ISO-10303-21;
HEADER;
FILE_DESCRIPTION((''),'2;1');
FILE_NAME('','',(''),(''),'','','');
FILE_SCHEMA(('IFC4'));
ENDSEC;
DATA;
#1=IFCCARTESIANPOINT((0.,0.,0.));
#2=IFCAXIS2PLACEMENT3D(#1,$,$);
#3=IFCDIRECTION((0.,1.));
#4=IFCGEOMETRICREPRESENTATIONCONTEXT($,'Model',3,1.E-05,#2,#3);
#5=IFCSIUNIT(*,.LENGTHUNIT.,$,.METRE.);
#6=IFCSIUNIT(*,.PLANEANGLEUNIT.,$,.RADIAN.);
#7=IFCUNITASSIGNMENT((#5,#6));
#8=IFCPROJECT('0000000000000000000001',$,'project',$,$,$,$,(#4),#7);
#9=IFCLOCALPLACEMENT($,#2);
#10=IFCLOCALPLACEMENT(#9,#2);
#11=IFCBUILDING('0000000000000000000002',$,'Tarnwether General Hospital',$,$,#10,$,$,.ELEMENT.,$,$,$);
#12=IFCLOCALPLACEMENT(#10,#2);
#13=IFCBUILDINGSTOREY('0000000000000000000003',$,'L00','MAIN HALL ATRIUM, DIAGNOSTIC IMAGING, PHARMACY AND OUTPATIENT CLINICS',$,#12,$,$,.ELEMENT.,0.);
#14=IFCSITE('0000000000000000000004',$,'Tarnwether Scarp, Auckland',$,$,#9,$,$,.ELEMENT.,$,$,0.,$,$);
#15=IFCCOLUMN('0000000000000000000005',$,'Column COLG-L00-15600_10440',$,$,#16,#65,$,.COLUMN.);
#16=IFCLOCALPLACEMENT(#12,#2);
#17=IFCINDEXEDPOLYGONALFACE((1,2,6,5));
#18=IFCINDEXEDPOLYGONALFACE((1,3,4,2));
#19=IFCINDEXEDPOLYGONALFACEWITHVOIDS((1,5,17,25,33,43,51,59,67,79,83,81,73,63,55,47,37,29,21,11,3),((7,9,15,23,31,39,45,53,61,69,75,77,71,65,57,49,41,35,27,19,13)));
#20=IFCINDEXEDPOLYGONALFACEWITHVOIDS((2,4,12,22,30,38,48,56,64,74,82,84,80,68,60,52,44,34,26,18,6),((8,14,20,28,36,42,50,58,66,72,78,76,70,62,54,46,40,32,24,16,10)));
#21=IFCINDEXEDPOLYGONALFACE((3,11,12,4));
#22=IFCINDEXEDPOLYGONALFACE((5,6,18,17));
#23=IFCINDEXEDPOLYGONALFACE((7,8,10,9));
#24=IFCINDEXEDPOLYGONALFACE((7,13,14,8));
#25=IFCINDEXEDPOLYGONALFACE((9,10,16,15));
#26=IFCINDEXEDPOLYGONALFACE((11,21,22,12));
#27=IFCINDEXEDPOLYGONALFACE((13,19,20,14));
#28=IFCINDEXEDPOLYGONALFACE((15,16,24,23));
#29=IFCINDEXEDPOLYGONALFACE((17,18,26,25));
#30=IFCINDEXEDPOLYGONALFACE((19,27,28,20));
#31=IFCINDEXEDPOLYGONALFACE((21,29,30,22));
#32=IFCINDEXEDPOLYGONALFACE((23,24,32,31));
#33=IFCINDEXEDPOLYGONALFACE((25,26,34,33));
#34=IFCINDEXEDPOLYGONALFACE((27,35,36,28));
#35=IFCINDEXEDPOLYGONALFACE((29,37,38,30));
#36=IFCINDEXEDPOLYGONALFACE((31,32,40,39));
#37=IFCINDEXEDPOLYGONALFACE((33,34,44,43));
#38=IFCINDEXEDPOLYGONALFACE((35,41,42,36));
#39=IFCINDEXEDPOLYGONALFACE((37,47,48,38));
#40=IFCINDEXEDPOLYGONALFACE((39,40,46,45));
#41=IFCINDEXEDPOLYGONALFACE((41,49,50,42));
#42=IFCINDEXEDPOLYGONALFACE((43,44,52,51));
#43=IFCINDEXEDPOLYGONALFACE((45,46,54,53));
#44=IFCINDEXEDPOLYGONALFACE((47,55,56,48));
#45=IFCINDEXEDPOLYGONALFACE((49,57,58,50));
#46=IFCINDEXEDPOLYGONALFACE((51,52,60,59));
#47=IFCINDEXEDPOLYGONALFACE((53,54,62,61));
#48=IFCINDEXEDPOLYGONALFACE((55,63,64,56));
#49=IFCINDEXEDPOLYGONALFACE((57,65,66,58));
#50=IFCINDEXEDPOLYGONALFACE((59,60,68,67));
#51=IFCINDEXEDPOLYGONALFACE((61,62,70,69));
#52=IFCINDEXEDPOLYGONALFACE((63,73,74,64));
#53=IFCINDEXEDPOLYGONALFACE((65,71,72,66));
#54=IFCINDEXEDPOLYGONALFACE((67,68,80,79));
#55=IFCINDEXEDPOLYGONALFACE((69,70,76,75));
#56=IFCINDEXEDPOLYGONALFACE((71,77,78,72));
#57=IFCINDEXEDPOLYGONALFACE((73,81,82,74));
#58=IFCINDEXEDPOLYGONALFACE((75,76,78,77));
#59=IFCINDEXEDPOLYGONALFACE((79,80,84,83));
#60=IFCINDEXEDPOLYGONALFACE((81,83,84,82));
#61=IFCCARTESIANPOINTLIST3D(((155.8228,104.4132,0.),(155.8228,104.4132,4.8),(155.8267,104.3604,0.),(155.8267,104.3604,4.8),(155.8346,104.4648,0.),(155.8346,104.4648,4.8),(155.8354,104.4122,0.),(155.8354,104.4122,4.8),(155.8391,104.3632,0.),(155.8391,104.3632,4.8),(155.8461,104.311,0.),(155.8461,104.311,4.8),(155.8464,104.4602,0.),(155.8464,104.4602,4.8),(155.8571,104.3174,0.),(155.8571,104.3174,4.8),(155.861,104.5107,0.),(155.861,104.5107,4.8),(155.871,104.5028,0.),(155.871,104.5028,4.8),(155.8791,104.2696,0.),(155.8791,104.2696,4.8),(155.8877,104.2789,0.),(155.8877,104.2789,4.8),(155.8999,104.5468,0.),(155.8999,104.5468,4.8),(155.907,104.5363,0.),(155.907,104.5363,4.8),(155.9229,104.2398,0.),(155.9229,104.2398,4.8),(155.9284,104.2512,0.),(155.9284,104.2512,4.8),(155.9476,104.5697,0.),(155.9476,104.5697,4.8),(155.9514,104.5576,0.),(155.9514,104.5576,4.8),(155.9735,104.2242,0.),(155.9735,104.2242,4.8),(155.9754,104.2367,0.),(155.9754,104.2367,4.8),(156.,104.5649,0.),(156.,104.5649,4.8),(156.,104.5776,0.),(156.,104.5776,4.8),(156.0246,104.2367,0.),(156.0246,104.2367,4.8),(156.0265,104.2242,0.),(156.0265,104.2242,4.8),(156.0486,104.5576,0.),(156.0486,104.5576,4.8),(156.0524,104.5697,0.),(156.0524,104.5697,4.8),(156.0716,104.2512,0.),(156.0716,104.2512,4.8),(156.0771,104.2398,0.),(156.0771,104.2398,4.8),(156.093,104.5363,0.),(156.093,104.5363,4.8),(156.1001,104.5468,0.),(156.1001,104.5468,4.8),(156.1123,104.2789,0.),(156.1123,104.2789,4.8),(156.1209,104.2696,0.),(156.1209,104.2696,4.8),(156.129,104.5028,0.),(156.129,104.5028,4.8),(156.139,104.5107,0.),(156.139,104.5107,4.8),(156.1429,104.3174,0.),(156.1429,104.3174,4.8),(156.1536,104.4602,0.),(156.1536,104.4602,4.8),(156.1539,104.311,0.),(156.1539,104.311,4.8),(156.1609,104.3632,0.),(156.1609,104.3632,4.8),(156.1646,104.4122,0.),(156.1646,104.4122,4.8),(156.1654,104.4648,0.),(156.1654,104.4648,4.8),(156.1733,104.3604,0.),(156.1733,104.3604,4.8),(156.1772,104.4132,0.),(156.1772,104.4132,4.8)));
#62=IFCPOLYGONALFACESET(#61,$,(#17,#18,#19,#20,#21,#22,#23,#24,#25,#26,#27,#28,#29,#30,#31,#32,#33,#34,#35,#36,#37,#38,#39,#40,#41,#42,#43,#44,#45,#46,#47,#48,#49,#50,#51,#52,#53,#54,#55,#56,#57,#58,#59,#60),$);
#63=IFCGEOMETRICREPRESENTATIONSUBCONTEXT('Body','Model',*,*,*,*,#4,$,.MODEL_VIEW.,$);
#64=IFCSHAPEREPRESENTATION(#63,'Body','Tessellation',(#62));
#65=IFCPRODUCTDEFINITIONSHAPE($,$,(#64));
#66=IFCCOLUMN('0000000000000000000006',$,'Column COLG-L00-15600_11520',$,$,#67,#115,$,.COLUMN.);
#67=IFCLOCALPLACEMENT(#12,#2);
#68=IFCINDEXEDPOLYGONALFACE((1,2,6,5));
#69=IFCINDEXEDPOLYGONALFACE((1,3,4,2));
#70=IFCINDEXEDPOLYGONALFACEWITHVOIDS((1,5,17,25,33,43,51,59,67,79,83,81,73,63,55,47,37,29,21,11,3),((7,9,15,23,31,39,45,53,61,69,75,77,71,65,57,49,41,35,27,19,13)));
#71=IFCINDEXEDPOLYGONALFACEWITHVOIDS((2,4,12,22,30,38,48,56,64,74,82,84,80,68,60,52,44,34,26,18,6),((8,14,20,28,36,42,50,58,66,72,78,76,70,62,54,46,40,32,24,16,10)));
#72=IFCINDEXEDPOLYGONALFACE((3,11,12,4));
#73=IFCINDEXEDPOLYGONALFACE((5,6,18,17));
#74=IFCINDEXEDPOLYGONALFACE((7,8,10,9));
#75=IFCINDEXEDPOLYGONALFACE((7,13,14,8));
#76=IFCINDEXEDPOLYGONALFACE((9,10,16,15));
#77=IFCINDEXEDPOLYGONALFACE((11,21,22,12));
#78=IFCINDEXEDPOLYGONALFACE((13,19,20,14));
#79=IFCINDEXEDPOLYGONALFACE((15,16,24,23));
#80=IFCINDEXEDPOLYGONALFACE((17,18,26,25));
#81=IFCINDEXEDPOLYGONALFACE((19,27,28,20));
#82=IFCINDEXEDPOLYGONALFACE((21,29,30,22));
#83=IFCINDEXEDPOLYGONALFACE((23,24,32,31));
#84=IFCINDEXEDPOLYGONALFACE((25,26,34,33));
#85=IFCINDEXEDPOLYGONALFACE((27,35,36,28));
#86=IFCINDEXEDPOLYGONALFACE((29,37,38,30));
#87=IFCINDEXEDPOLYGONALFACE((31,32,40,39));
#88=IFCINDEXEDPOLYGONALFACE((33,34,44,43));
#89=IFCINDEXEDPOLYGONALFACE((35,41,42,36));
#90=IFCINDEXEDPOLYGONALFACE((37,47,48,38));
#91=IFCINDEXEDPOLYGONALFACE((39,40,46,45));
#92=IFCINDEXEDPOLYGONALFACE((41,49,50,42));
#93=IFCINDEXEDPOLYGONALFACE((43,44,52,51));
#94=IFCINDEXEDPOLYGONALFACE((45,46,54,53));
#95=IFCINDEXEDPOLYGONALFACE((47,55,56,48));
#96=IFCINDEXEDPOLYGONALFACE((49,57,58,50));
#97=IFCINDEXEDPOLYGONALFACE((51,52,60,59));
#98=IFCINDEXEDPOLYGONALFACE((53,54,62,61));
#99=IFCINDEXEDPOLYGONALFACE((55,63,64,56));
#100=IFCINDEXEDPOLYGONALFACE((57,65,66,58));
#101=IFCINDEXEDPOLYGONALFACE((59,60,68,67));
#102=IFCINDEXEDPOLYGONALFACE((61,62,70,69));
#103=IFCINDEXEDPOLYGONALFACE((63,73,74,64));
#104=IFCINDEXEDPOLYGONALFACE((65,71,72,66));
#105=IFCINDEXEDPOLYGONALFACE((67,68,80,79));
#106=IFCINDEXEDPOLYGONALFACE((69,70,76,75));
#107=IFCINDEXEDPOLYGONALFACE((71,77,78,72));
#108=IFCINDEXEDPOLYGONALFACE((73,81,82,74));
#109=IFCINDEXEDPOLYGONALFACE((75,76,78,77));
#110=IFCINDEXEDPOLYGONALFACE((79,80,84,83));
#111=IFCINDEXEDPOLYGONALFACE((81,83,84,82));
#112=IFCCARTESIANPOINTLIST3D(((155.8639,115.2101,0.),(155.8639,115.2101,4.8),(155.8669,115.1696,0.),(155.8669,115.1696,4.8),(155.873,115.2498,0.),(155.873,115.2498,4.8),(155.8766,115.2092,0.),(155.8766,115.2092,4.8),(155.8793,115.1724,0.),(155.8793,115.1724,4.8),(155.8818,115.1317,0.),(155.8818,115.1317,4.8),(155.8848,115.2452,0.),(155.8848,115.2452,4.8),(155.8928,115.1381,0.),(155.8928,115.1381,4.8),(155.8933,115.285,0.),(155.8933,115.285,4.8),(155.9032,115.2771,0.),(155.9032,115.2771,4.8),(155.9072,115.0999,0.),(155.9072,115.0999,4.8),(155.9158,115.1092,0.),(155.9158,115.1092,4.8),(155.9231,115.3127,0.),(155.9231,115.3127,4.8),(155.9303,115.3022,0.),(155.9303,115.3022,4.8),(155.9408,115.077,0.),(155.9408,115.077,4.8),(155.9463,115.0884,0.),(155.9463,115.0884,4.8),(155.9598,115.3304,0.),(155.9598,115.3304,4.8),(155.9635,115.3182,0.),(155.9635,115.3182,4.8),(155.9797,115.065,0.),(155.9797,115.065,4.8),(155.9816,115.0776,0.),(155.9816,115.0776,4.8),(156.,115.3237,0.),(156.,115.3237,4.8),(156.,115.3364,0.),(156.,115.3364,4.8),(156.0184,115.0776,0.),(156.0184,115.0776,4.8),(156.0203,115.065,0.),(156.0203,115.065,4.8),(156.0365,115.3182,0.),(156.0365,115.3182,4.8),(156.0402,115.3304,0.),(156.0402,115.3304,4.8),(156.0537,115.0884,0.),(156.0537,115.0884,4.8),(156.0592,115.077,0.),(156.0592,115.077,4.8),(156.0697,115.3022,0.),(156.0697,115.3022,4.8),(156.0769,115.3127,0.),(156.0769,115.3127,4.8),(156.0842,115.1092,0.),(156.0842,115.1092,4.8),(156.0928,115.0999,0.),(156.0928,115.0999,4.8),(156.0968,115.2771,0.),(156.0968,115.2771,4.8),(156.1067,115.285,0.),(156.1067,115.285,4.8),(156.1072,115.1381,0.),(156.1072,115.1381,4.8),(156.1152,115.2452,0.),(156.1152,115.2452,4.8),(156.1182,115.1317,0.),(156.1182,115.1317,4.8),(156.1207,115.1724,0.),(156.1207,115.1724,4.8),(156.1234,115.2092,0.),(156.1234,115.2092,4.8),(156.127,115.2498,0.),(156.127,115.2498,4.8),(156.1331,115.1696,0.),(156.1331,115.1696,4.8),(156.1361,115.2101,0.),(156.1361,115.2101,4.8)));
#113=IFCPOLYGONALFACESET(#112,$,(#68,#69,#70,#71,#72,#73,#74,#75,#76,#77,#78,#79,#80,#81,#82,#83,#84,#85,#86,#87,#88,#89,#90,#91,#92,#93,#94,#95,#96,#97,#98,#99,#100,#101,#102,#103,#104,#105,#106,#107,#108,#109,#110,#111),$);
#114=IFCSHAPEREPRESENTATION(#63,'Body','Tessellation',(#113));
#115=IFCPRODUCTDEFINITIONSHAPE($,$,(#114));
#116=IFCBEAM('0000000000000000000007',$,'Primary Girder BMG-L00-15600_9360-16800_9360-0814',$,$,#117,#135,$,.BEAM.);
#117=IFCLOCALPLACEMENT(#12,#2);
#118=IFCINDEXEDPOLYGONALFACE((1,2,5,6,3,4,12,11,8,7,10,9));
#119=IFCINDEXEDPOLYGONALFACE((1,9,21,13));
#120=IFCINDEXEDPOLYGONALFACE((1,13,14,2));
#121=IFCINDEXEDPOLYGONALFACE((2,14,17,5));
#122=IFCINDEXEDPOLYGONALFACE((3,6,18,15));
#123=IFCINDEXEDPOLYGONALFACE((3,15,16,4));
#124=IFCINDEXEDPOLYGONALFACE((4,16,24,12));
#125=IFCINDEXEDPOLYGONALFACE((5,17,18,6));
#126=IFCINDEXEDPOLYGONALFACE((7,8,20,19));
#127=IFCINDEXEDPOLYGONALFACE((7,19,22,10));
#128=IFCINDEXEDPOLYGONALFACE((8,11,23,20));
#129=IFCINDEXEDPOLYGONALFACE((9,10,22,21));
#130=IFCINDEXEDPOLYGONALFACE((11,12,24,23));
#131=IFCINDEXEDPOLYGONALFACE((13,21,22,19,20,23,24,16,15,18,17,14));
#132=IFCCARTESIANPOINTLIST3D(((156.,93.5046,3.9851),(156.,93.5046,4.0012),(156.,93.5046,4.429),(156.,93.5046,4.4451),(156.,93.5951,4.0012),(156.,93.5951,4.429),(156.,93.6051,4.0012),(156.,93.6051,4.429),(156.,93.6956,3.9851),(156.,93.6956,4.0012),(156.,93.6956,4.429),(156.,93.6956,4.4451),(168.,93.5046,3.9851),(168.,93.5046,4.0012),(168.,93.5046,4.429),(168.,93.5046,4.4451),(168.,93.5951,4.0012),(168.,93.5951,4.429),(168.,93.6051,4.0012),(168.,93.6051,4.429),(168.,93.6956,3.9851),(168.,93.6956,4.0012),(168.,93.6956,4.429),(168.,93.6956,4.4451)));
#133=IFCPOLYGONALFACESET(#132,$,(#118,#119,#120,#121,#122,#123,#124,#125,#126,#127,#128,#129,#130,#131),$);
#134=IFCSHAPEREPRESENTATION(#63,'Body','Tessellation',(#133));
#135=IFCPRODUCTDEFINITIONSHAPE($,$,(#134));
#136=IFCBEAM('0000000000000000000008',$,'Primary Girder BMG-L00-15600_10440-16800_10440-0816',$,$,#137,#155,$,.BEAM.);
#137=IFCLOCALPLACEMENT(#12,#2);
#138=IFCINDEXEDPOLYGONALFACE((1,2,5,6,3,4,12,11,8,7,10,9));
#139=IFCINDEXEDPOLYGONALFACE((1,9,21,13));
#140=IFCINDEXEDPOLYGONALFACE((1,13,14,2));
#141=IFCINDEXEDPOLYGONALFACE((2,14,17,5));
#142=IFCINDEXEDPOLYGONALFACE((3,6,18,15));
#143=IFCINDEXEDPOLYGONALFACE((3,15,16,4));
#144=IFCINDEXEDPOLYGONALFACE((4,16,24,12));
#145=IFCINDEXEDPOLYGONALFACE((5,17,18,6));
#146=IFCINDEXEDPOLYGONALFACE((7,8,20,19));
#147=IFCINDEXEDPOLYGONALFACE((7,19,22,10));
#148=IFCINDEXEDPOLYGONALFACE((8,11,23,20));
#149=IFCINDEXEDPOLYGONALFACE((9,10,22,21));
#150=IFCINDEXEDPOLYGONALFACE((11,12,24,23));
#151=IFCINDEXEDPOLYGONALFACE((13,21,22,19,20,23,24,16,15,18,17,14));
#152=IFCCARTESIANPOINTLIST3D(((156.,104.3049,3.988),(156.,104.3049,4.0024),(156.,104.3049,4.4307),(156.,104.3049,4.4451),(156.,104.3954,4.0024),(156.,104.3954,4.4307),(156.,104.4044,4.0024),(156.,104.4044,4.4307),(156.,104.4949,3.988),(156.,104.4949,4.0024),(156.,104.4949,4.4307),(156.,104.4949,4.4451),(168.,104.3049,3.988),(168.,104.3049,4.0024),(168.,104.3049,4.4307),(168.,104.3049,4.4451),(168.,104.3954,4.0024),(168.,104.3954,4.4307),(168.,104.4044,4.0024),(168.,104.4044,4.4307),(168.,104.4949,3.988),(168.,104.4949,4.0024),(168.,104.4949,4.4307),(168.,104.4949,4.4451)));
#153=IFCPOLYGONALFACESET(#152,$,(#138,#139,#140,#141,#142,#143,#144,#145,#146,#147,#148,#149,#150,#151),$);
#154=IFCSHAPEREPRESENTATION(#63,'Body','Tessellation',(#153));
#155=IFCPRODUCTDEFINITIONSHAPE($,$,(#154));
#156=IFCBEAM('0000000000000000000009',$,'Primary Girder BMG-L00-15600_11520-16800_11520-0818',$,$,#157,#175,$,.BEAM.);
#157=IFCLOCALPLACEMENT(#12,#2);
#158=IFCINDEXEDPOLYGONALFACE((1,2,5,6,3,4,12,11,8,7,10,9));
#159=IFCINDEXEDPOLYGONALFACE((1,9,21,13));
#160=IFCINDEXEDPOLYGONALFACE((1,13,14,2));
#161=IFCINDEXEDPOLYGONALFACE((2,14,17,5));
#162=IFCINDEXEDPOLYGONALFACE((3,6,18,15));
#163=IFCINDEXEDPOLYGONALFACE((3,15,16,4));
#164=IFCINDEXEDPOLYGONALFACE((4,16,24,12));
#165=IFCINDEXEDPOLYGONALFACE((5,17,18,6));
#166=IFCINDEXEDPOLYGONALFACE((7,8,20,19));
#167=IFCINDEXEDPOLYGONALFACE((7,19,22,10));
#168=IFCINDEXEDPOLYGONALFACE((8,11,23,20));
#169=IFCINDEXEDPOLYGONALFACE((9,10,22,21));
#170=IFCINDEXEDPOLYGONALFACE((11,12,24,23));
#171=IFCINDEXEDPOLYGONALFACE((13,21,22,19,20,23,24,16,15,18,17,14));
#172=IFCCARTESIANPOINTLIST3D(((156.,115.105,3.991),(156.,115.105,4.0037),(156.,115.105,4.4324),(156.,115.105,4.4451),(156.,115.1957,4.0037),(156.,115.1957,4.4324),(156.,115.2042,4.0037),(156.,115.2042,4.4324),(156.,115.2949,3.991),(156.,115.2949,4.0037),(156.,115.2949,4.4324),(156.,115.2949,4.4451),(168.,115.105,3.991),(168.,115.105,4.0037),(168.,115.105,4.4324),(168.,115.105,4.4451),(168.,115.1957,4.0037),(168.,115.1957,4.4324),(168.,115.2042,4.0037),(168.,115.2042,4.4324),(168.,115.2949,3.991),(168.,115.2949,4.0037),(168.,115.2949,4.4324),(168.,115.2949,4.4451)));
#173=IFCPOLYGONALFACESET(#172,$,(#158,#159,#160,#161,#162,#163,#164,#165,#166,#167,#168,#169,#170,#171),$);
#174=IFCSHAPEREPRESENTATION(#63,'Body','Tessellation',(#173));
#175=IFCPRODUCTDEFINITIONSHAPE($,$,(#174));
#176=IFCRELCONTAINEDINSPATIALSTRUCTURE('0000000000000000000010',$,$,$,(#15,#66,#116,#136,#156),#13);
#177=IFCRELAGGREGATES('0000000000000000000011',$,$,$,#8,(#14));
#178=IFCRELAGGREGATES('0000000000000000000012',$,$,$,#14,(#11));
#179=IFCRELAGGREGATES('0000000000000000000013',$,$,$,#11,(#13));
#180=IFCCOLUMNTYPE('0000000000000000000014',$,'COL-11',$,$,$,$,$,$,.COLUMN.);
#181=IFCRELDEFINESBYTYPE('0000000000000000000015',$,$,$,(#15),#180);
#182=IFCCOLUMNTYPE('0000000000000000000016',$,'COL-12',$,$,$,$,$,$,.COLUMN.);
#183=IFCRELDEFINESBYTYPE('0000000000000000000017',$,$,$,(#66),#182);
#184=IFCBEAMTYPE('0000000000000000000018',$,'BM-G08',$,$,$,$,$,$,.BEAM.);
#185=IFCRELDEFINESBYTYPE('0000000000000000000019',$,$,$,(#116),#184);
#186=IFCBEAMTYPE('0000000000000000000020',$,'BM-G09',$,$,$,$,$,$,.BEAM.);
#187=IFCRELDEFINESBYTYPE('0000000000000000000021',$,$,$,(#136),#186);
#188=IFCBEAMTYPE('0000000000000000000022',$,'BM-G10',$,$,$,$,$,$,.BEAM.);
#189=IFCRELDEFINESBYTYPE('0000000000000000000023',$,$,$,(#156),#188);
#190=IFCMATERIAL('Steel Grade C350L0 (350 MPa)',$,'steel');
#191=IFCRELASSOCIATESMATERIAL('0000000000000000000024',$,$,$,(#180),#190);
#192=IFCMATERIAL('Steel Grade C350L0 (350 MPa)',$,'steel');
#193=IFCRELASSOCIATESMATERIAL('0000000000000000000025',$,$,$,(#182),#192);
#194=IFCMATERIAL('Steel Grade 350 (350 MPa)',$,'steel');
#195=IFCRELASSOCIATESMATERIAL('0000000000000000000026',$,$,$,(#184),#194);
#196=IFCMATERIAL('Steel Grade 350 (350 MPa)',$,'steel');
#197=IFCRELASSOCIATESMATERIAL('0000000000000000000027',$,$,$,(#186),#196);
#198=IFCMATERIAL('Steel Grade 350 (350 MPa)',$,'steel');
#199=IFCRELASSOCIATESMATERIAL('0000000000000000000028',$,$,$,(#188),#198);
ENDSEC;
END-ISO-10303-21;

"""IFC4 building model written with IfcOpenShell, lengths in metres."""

from ifc_helpers import new_model, si_unit, direction, frame, origin, origin_2d, place, context, subcontext, project, spatial, hollow_circle, i_section, extrude, material, material_profile, profile_set, type_object, element, save


model = new_model("IFC4")

# Units and contexts
model_context = context("Model", 3, precision=1e-05, world=origin(), true_north=direction((0.0, 1.0)))
body_context = subcontext(model_context, "Body", "Model", "MODEL_VIEW")
ifc_project = project(units=[si_unit("LENGTHUNIT", "METRE"), si_unit("PLANEANGLEUNIT", "RADIAN")], contexts=[model_context])

# Site, building, storey
site_placement = place(None, origin())
site = spatial("IfcSite", under=ifc_project, at=site_placement, Name="Tarnwether Scarp, Auckland", CompositionType="ELEMENT", RefElevation=0.0)
building_placement = place(site_placement, origin())
building = spatial("IfcBuilding", under=site, at=building_placement, Name="Tarnwether General Hospital", CompositionType="ELEMENT")
storey_placement = place(building_placement, origin())
storey = spatial("IfcBuildingStorey", under=building, at=storey_placement, Name="L00", Description="MAIN HALL ATRIUM, DIAGNOSTIC IMAGING, PHARMACY AND OUTPATIENT CLINICS", CompositionType="ELEMENT", Elevation=0.0)

# Columns
ifc_material_1 = material(Name="Steel Grade C350L0 (350 MPa)", Category="steel")
ifc_material_profile_1 = material_profile(ifc_material_1, hollow_circle(Radius=0.1777, WallThickness=0.0127, at=origin_2d()), Name="CHS355.6x12.7")
ifc_profile_set_1 = profile_set([ifc_material_profile_1], Name="Steel Grade C350L0 (350 MPa)")
column_type_1 = type_object("IfcColumnType", Name="COL-11", PredefinedType="COLUMN", material=ifc_profile_set_1)
column_1_placement = place(storey_placement, frame((156.0, 104.3999, 0.0), z_axis=(0.0, 0.0, 1.0), x_axis=(0.0, 1.0, 0.0)))
element("IfcColumn", 1, at=column_1_placement, inside=storey, type_object=column_type_1, Name="Column COLG-L00-15600_10440", PredefinedType="COLUMN", context=body_context, shape_type="SweptSolid", body=[
    extrude(hollow_circle(Radius=0.1777, WallThickness=0.0127, at=origin_2d()), origin(), (0.0, 0.0, 1.0), 4.8),
])
ifc_material_2 = material(Name="Steel Grade C350L0 (350 MPa)", Category="steel")
ifc_material_profile_2 = material_profile(ifc_material_2, hollow_circle(Radius=0.1365, WallThickness=0.0127, at=origin_2d()), Name="CHS273.1x12.7")
ifc_profile_set_2 = profile_set([ifc_material_profile_2], Name="Steel Grade C350L0 (350 MPa)")
column_type_2 = type_object("IfcColumnType", Name="COL-12", PredefinedType="COLUMN", material=ifc_profile_set_2)
column_2_placement = place(storey_placement, frame((156.0, 115.2, 0.0), z_axis=(0.0, 0.0, 1.0), x_axis=(0.0, 1.0, 0.0)))
element("IfcColumn", 2, at=column_2_placement, inside=storey, type_object=column_type_2, Name="Column COLG-L00-15600_11520", PredefinedType="COLUMN", context=body_context, shape_type="SweptSolid", body=[
    extrude(hollow_circle(Radius=0.1365, WallThickness=0.0127, at=origin_2d()), origin(), (0.0, 0.0, 1.0), 4.8),
])

# Beams
ifc_material_3 = material(Name="Steel Grade 350 (350 MPa)", Category="steel")
ifc_material_profile_3 = material_profile(ifc_material_3, i_section(OverallWidth=0.1909, OverallDepth=0.46, WebThickness=0.01, FlangeThickness=0.0161, at=origin_2d()), Name="460UB82.1")
ifc_profile_set_3 = profile_set([ifc_material_profile_3], Name="Steel Grade 350 (350 MPa)")
beam_type_1 = type_object("IfcBeamType", Name="BM-G08", PredefinedType="BEAM", material=ifc_profile_set_3)
beam_1_placement = place(storey_placement, frame((156.0, 93.6001, 4.2151), z_axis=(1.0, 0.0, 0.0), x_axis=(0.0, 1.0, 0.0)))
element("IfcBeam", 3, at=beam_1_placement, inside=storey, type_object=beam_type_1, Name="Primary Girder BMG-L00-15600_9360-16800_9360-0814", PredefinedType="BEAM", context=body_context, shape_type="SweptSolid", body=[
    extrude(i_section(OverallWidth=0.1909, OverallDepth=0.46, WebThickness=0.01, FlangeThickness=0.0161, at=origin_2d()), origin(), (0.0, 0.0, 1.0), 12.0),
])
ifc_material_4 = material(Name="Steel Grade 350 (350 MPa)", Category="steel")
ifc_material_profile_4 = material_profile(ifc_material_4, i_section(OverallWidth=0.1899, OverallDepth=0.457, WebThickness=0.009, FlangeThickness=0.0144, at=origin_2d()), Name="460UB74.6")
ifc_profile_set_4 = profile_set([ifc_material_profile_4], Name="Steel Grade 350 (350 MPa)")
beam_type_2 = type_object("IfcBeamType", Name="BM-G09", PredefinedType="BEAM", material=ifc_profile_set_4)
beam_2_placement = place(storey_placement, frame((156.0, 104.3999, 4.2166), z_axis=(1.0, 0.0, 0.0), x_axis=(0.0, 1.0, 0.0)))
element("IfcBeam", 4, at=beam_2_placement, inside=storey, type_object=beam_type_2, Name="Primary Girder BMG-L00-15600_10440-16800_10440-0816", PredefinedType="BEAM", context=body_context, shape_type="SweptSolid", body=[
    extrude(i_section(OverallWidth=0.1899, OverallDepth=0.457, WebThickness=0.009, FlangeThickness=0.0144, at=origin_2d()), origin(), (0.0, 0.0, 1.0), 12.0),
])
ifc_material_5 = material(Name="Steel Grade 350 (350 MPa)", Category="steel")
ifc_material_profile_5 = material_profile(ifc_material_5, i_section(OverallWidth=0.1899, OverallDepth=0.4541, WebThickness=0.0085, FlangeThickness=0.0127, at=origin_2d()), Name="460UB67.1")
ifc_profile_set_5 = profile_set([ifc_material_profile_5], Name="Steel Grade 350 (350 MPa)")
beam_type_3 = type_object("IfcBeamType", Name="BM-G10", PredefinedType="BEAM", material=ifc_profile_set_5)
beam_3_placement = place(storey_placement, frame((156.0, 115.2, 4.218), z_axis=(1.0, 0.0, 0.0), x_axis=(0.0, 1.0, 0.0)))
element("IfcBeam", 5, at=beam_3_placement, inside=storey, type_object=beam_type_3, Name="Primary Girder BMG-L00-15600_11520-16800_11520-0818", PredefinedType="BEAM", context=body_context, shape_type="SweptSolid", body=[
    extrude(i_section(OverallWidth=0.1899, OverallDepth=0.4541, WebThickness=0.0085, FlangeThickness=0.0127, at=origin_2d()), origin(), (0.0, 0.0, 1.0), 12.0),
])

save(model, "model.ifc")
